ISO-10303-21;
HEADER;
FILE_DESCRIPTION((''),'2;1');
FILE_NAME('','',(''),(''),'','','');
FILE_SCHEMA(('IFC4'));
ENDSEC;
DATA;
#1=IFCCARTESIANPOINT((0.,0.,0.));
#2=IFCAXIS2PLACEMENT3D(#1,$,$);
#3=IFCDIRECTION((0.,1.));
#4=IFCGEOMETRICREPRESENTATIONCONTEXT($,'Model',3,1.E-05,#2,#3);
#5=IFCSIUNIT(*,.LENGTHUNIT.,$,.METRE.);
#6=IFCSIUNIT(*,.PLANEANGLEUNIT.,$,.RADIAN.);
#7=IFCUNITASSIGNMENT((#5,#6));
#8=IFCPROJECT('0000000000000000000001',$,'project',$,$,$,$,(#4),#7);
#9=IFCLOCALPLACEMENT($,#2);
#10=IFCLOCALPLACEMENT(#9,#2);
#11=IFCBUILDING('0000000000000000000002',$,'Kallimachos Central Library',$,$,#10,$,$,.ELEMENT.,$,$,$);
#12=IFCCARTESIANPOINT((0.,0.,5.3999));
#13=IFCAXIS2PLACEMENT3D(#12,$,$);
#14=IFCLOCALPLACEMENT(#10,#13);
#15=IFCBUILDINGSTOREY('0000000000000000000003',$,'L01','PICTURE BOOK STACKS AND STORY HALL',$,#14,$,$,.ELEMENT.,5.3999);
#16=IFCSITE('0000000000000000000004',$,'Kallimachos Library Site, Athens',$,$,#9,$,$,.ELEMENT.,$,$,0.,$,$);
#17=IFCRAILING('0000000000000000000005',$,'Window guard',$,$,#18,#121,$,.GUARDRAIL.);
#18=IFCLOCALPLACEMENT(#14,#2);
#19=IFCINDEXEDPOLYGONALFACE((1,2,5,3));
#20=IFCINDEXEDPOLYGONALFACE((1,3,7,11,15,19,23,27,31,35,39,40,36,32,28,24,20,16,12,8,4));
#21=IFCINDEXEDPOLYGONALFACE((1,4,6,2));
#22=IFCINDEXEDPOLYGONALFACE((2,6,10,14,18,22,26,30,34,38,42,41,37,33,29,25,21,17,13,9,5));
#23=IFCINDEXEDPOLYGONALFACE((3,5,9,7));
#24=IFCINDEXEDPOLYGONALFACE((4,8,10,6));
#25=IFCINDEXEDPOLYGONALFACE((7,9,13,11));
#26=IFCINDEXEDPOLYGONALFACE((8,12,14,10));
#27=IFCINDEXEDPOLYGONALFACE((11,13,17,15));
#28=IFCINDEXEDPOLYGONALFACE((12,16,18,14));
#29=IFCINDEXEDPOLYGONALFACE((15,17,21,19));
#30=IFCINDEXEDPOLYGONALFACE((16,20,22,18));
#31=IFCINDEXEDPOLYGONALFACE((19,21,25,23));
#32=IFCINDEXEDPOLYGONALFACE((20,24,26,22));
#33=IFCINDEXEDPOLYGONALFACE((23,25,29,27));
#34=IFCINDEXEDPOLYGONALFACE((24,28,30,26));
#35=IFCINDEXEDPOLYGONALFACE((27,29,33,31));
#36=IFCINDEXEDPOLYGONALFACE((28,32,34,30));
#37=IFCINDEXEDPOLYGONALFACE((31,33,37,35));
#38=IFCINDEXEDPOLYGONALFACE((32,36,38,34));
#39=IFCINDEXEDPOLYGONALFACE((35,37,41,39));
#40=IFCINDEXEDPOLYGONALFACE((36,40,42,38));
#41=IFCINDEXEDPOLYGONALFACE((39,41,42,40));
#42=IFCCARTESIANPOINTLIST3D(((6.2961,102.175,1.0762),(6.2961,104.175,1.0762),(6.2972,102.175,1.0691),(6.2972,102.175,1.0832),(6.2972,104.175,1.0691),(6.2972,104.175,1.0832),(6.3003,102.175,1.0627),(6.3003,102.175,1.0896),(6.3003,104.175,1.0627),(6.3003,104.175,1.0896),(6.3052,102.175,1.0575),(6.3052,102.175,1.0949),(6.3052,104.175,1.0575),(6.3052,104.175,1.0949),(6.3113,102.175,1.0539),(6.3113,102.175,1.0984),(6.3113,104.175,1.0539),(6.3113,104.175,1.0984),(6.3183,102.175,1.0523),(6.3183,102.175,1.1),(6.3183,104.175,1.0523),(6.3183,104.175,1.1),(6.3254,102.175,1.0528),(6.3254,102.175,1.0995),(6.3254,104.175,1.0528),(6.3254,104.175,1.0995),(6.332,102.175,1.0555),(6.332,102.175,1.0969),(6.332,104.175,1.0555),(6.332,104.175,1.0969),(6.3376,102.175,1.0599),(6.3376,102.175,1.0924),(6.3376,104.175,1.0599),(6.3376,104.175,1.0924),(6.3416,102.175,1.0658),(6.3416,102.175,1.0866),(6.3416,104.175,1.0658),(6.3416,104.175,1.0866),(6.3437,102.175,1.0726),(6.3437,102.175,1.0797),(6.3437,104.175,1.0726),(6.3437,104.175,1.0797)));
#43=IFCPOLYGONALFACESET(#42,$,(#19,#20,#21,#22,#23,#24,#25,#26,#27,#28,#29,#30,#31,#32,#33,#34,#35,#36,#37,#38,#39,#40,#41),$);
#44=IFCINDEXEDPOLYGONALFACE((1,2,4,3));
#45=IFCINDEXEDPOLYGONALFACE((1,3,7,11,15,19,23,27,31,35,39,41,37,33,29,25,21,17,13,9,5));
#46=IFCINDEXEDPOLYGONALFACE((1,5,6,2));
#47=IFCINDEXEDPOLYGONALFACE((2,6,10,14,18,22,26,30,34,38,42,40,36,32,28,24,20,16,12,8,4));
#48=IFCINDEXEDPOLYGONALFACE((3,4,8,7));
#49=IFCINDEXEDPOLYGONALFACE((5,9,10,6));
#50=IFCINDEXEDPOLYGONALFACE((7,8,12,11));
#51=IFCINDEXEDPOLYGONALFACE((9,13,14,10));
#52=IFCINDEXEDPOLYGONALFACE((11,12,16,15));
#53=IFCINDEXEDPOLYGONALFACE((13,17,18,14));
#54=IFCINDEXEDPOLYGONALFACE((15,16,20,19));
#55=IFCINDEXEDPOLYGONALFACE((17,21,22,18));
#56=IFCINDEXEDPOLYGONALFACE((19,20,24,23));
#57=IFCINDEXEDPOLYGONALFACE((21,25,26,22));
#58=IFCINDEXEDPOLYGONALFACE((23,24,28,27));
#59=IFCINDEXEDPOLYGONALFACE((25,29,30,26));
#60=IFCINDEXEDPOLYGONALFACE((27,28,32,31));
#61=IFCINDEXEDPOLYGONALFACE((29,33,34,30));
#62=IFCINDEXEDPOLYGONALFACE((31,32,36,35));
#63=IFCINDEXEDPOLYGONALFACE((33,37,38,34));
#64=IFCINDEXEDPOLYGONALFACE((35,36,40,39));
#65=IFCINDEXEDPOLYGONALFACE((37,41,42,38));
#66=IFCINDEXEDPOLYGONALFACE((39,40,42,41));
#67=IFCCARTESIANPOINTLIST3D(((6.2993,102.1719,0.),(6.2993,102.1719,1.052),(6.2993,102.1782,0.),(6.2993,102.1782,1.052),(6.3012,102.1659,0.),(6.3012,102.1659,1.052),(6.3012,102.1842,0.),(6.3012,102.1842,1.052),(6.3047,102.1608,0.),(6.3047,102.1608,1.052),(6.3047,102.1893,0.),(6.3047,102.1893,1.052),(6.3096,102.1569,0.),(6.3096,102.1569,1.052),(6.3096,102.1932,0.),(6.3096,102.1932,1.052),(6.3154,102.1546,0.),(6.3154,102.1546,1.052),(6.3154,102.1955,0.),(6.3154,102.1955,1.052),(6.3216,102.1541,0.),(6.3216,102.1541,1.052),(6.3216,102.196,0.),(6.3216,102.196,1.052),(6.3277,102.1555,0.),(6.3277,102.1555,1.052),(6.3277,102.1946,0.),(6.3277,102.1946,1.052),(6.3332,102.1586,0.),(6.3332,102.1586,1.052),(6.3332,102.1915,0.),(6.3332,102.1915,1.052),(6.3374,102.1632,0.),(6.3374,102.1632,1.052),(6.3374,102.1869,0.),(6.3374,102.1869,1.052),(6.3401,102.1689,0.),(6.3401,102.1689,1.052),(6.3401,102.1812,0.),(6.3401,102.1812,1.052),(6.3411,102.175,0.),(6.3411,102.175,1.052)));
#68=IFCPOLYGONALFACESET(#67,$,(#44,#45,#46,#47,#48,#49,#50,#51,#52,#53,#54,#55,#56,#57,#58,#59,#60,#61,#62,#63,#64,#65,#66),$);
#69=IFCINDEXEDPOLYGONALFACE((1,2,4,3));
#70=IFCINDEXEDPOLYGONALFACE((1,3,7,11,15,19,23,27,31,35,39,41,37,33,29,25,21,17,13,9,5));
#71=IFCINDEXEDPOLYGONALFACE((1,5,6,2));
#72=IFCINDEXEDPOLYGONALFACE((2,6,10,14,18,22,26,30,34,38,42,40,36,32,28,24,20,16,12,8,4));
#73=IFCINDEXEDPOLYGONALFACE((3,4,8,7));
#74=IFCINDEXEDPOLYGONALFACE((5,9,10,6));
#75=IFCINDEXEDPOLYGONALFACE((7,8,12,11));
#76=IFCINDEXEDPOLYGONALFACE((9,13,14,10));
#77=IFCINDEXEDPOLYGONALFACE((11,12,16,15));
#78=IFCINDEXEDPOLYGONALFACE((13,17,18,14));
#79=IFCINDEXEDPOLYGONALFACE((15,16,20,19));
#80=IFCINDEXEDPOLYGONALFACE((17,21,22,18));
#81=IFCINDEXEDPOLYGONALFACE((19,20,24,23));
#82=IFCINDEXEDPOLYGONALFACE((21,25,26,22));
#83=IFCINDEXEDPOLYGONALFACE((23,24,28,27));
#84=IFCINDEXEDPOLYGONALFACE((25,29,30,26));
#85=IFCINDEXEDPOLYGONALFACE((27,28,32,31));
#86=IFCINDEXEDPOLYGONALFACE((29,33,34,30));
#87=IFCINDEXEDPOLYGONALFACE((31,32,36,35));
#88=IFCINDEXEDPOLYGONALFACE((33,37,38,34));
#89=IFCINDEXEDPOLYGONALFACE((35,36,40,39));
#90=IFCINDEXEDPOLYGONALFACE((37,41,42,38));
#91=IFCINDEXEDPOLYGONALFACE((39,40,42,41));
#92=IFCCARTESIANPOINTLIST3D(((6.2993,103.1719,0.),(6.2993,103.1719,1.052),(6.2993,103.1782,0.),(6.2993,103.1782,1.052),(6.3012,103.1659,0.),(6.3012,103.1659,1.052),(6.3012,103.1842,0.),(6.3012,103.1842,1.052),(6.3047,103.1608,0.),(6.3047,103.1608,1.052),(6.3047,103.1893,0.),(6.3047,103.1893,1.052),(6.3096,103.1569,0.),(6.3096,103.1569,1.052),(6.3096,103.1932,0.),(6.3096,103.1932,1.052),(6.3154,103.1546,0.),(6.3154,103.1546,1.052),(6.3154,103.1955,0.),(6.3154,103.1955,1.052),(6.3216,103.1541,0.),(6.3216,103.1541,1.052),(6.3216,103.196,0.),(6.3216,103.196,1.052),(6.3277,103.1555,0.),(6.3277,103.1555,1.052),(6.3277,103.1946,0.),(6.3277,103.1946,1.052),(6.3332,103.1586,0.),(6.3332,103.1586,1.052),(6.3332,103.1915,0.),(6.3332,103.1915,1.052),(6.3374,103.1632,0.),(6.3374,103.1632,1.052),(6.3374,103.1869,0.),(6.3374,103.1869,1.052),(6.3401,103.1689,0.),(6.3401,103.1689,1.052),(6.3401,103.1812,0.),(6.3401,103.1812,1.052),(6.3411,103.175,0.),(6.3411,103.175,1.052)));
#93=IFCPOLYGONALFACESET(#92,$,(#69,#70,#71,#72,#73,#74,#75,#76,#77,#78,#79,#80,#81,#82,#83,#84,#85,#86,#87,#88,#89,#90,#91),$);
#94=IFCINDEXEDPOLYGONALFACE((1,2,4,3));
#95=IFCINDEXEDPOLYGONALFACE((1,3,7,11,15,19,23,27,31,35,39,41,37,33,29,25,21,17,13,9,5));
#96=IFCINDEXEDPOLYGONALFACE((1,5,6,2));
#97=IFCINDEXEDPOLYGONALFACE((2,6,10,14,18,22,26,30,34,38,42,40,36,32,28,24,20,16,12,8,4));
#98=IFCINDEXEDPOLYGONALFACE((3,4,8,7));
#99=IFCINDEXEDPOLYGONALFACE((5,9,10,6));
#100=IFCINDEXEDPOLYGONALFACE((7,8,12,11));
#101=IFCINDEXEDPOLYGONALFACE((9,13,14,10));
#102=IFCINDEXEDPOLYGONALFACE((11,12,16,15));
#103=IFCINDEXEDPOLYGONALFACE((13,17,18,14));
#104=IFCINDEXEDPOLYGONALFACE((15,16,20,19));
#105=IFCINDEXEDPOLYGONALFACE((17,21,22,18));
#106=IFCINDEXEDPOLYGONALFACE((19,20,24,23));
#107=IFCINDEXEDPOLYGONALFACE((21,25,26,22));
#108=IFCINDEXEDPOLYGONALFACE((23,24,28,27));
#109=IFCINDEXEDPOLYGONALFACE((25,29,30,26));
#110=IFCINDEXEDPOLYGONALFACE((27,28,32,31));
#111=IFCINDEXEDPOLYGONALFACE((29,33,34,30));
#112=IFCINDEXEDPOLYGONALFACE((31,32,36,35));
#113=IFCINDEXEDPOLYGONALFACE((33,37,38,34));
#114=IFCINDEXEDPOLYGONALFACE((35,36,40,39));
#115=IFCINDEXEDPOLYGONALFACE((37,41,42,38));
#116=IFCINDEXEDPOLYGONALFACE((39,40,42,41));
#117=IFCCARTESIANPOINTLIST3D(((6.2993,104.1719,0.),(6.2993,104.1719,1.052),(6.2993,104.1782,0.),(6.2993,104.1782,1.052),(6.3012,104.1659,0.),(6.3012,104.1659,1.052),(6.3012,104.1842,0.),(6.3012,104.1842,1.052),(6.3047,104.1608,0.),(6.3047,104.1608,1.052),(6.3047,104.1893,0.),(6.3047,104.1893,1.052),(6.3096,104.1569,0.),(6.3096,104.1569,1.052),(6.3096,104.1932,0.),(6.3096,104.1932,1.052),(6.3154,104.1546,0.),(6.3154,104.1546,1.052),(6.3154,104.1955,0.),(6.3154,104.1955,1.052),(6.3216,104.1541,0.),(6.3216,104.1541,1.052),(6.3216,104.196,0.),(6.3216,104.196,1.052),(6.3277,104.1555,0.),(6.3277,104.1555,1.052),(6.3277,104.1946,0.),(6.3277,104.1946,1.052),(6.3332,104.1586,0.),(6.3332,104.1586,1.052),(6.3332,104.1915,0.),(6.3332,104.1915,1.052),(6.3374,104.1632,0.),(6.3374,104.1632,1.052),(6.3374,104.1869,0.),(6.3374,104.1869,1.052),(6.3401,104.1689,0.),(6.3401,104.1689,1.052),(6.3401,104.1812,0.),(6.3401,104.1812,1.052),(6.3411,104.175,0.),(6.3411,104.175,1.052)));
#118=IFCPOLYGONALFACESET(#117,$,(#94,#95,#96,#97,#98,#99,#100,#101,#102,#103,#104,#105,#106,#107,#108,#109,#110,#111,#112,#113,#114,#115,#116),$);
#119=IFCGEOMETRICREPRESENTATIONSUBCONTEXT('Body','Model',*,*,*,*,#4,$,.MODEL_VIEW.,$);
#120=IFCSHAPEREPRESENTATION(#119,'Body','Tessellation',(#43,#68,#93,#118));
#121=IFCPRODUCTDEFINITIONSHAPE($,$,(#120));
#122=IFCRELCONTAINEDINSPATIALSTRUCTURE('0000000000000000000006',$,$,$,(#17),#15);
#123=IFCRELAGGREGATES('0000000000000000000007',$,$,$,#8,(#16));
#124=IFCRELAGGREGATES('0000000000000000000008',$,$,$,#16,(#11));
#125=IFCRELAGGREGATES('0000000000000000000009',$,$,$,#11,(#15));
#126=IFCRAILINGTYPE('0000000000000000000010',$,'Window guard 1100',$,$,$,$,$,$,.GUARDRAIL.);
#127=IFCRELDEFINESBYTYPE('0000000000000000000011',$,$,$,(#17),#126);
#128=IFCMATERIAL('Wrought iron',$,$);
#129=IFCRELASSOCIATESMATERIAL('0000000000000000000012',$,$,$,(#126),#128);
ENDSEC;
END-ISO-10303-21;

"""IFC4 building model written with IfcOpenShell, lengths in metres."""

from ifc_helpers import new_model, si_unit, direction, frame, origin, origin_2d, place, context, subcontext, project, spatial, circle, extrude, material, type_object, element, save


model = new_model("IFC4")

# Units and contexts
model_context = context("Model", 3, precision=1e-05, world=origin(), true_north=direction((0.0, 1.0)))
body_context = subcontext(model_context, "Body", "Model", "MODEL_VIEW")
ifc_project = project(units=[si_unit("LENGTHUNIT", "METRE"), si_unit("PLANEANGLEUNIT", "RADIAN")], contexts=[model_context])

# Site, building, storey
site_placement = place(None, origin())
site = spatial("IfcSite", under=ifc_project, at=site_placement, Name="Kallimachos Library Site, Athens", CompositionType="ELEMENT", RefElevation=0.0)
building_placement = place(site_placement, origin())
building = spatial("IfcBuilding", under=site, at=building_placement, Name="Kallimachos Central Library", CompositionType="ELEMENT")
storey_placement = place(building_placement, frame((0.0, 0.0, 5.3999)))
storey = spatial("IfcBuildingStorey", under=building, at=storey_placement, Name="L01", Description="PICTURE BOOK STACKS AND STORY HALL", CompositionType="ELEMENT", Elevation=5.3999)

# Railing
ifc_material_1 = material(Name="Wrought iron")
railing_type = type_object("IfcRailingType", Name="Window guard 1100", PredefinedType="GUARDRAIL", material=ifc_material_1)
railing_placement = place(storey_placement, frame((6.3201, 102.175, 0.0)))
element("IfcRailing", 1, at=railing_placement, inside=storey, type_object=railing_type, Name="Window guard", PredefinedType="GUARDRAIL", context=body_context, shape_type="SweptSolid", body=[
    extrude(circle(Radius=0.0239, at=origin_2d()), frame((0.0, 0.0, 1.0762), z_axis=(0.0, 1.0, 0.0), x_axis=(-1.0, 0.0, 0.0)), (0.0, 0.0, 1.0), 2.0),
    extrude(circle(Radius=0.021, at=origin_2d()), origin(), (0.0, 0.0, 1.0), 1.052),
    extrude(circle(Radius=0.021, at=origin_2d()), frame((0.0, 1.0, 0.0)), (0.0, 0.0, 1.0), 1.052),
    extrude(circle(Radius=0.021, at=origin_2d()), frame((0.0, 2.0, 0.0)), (0.0, 0.0, 1.0), 1.052),
])

save(model, "model.ifc")
